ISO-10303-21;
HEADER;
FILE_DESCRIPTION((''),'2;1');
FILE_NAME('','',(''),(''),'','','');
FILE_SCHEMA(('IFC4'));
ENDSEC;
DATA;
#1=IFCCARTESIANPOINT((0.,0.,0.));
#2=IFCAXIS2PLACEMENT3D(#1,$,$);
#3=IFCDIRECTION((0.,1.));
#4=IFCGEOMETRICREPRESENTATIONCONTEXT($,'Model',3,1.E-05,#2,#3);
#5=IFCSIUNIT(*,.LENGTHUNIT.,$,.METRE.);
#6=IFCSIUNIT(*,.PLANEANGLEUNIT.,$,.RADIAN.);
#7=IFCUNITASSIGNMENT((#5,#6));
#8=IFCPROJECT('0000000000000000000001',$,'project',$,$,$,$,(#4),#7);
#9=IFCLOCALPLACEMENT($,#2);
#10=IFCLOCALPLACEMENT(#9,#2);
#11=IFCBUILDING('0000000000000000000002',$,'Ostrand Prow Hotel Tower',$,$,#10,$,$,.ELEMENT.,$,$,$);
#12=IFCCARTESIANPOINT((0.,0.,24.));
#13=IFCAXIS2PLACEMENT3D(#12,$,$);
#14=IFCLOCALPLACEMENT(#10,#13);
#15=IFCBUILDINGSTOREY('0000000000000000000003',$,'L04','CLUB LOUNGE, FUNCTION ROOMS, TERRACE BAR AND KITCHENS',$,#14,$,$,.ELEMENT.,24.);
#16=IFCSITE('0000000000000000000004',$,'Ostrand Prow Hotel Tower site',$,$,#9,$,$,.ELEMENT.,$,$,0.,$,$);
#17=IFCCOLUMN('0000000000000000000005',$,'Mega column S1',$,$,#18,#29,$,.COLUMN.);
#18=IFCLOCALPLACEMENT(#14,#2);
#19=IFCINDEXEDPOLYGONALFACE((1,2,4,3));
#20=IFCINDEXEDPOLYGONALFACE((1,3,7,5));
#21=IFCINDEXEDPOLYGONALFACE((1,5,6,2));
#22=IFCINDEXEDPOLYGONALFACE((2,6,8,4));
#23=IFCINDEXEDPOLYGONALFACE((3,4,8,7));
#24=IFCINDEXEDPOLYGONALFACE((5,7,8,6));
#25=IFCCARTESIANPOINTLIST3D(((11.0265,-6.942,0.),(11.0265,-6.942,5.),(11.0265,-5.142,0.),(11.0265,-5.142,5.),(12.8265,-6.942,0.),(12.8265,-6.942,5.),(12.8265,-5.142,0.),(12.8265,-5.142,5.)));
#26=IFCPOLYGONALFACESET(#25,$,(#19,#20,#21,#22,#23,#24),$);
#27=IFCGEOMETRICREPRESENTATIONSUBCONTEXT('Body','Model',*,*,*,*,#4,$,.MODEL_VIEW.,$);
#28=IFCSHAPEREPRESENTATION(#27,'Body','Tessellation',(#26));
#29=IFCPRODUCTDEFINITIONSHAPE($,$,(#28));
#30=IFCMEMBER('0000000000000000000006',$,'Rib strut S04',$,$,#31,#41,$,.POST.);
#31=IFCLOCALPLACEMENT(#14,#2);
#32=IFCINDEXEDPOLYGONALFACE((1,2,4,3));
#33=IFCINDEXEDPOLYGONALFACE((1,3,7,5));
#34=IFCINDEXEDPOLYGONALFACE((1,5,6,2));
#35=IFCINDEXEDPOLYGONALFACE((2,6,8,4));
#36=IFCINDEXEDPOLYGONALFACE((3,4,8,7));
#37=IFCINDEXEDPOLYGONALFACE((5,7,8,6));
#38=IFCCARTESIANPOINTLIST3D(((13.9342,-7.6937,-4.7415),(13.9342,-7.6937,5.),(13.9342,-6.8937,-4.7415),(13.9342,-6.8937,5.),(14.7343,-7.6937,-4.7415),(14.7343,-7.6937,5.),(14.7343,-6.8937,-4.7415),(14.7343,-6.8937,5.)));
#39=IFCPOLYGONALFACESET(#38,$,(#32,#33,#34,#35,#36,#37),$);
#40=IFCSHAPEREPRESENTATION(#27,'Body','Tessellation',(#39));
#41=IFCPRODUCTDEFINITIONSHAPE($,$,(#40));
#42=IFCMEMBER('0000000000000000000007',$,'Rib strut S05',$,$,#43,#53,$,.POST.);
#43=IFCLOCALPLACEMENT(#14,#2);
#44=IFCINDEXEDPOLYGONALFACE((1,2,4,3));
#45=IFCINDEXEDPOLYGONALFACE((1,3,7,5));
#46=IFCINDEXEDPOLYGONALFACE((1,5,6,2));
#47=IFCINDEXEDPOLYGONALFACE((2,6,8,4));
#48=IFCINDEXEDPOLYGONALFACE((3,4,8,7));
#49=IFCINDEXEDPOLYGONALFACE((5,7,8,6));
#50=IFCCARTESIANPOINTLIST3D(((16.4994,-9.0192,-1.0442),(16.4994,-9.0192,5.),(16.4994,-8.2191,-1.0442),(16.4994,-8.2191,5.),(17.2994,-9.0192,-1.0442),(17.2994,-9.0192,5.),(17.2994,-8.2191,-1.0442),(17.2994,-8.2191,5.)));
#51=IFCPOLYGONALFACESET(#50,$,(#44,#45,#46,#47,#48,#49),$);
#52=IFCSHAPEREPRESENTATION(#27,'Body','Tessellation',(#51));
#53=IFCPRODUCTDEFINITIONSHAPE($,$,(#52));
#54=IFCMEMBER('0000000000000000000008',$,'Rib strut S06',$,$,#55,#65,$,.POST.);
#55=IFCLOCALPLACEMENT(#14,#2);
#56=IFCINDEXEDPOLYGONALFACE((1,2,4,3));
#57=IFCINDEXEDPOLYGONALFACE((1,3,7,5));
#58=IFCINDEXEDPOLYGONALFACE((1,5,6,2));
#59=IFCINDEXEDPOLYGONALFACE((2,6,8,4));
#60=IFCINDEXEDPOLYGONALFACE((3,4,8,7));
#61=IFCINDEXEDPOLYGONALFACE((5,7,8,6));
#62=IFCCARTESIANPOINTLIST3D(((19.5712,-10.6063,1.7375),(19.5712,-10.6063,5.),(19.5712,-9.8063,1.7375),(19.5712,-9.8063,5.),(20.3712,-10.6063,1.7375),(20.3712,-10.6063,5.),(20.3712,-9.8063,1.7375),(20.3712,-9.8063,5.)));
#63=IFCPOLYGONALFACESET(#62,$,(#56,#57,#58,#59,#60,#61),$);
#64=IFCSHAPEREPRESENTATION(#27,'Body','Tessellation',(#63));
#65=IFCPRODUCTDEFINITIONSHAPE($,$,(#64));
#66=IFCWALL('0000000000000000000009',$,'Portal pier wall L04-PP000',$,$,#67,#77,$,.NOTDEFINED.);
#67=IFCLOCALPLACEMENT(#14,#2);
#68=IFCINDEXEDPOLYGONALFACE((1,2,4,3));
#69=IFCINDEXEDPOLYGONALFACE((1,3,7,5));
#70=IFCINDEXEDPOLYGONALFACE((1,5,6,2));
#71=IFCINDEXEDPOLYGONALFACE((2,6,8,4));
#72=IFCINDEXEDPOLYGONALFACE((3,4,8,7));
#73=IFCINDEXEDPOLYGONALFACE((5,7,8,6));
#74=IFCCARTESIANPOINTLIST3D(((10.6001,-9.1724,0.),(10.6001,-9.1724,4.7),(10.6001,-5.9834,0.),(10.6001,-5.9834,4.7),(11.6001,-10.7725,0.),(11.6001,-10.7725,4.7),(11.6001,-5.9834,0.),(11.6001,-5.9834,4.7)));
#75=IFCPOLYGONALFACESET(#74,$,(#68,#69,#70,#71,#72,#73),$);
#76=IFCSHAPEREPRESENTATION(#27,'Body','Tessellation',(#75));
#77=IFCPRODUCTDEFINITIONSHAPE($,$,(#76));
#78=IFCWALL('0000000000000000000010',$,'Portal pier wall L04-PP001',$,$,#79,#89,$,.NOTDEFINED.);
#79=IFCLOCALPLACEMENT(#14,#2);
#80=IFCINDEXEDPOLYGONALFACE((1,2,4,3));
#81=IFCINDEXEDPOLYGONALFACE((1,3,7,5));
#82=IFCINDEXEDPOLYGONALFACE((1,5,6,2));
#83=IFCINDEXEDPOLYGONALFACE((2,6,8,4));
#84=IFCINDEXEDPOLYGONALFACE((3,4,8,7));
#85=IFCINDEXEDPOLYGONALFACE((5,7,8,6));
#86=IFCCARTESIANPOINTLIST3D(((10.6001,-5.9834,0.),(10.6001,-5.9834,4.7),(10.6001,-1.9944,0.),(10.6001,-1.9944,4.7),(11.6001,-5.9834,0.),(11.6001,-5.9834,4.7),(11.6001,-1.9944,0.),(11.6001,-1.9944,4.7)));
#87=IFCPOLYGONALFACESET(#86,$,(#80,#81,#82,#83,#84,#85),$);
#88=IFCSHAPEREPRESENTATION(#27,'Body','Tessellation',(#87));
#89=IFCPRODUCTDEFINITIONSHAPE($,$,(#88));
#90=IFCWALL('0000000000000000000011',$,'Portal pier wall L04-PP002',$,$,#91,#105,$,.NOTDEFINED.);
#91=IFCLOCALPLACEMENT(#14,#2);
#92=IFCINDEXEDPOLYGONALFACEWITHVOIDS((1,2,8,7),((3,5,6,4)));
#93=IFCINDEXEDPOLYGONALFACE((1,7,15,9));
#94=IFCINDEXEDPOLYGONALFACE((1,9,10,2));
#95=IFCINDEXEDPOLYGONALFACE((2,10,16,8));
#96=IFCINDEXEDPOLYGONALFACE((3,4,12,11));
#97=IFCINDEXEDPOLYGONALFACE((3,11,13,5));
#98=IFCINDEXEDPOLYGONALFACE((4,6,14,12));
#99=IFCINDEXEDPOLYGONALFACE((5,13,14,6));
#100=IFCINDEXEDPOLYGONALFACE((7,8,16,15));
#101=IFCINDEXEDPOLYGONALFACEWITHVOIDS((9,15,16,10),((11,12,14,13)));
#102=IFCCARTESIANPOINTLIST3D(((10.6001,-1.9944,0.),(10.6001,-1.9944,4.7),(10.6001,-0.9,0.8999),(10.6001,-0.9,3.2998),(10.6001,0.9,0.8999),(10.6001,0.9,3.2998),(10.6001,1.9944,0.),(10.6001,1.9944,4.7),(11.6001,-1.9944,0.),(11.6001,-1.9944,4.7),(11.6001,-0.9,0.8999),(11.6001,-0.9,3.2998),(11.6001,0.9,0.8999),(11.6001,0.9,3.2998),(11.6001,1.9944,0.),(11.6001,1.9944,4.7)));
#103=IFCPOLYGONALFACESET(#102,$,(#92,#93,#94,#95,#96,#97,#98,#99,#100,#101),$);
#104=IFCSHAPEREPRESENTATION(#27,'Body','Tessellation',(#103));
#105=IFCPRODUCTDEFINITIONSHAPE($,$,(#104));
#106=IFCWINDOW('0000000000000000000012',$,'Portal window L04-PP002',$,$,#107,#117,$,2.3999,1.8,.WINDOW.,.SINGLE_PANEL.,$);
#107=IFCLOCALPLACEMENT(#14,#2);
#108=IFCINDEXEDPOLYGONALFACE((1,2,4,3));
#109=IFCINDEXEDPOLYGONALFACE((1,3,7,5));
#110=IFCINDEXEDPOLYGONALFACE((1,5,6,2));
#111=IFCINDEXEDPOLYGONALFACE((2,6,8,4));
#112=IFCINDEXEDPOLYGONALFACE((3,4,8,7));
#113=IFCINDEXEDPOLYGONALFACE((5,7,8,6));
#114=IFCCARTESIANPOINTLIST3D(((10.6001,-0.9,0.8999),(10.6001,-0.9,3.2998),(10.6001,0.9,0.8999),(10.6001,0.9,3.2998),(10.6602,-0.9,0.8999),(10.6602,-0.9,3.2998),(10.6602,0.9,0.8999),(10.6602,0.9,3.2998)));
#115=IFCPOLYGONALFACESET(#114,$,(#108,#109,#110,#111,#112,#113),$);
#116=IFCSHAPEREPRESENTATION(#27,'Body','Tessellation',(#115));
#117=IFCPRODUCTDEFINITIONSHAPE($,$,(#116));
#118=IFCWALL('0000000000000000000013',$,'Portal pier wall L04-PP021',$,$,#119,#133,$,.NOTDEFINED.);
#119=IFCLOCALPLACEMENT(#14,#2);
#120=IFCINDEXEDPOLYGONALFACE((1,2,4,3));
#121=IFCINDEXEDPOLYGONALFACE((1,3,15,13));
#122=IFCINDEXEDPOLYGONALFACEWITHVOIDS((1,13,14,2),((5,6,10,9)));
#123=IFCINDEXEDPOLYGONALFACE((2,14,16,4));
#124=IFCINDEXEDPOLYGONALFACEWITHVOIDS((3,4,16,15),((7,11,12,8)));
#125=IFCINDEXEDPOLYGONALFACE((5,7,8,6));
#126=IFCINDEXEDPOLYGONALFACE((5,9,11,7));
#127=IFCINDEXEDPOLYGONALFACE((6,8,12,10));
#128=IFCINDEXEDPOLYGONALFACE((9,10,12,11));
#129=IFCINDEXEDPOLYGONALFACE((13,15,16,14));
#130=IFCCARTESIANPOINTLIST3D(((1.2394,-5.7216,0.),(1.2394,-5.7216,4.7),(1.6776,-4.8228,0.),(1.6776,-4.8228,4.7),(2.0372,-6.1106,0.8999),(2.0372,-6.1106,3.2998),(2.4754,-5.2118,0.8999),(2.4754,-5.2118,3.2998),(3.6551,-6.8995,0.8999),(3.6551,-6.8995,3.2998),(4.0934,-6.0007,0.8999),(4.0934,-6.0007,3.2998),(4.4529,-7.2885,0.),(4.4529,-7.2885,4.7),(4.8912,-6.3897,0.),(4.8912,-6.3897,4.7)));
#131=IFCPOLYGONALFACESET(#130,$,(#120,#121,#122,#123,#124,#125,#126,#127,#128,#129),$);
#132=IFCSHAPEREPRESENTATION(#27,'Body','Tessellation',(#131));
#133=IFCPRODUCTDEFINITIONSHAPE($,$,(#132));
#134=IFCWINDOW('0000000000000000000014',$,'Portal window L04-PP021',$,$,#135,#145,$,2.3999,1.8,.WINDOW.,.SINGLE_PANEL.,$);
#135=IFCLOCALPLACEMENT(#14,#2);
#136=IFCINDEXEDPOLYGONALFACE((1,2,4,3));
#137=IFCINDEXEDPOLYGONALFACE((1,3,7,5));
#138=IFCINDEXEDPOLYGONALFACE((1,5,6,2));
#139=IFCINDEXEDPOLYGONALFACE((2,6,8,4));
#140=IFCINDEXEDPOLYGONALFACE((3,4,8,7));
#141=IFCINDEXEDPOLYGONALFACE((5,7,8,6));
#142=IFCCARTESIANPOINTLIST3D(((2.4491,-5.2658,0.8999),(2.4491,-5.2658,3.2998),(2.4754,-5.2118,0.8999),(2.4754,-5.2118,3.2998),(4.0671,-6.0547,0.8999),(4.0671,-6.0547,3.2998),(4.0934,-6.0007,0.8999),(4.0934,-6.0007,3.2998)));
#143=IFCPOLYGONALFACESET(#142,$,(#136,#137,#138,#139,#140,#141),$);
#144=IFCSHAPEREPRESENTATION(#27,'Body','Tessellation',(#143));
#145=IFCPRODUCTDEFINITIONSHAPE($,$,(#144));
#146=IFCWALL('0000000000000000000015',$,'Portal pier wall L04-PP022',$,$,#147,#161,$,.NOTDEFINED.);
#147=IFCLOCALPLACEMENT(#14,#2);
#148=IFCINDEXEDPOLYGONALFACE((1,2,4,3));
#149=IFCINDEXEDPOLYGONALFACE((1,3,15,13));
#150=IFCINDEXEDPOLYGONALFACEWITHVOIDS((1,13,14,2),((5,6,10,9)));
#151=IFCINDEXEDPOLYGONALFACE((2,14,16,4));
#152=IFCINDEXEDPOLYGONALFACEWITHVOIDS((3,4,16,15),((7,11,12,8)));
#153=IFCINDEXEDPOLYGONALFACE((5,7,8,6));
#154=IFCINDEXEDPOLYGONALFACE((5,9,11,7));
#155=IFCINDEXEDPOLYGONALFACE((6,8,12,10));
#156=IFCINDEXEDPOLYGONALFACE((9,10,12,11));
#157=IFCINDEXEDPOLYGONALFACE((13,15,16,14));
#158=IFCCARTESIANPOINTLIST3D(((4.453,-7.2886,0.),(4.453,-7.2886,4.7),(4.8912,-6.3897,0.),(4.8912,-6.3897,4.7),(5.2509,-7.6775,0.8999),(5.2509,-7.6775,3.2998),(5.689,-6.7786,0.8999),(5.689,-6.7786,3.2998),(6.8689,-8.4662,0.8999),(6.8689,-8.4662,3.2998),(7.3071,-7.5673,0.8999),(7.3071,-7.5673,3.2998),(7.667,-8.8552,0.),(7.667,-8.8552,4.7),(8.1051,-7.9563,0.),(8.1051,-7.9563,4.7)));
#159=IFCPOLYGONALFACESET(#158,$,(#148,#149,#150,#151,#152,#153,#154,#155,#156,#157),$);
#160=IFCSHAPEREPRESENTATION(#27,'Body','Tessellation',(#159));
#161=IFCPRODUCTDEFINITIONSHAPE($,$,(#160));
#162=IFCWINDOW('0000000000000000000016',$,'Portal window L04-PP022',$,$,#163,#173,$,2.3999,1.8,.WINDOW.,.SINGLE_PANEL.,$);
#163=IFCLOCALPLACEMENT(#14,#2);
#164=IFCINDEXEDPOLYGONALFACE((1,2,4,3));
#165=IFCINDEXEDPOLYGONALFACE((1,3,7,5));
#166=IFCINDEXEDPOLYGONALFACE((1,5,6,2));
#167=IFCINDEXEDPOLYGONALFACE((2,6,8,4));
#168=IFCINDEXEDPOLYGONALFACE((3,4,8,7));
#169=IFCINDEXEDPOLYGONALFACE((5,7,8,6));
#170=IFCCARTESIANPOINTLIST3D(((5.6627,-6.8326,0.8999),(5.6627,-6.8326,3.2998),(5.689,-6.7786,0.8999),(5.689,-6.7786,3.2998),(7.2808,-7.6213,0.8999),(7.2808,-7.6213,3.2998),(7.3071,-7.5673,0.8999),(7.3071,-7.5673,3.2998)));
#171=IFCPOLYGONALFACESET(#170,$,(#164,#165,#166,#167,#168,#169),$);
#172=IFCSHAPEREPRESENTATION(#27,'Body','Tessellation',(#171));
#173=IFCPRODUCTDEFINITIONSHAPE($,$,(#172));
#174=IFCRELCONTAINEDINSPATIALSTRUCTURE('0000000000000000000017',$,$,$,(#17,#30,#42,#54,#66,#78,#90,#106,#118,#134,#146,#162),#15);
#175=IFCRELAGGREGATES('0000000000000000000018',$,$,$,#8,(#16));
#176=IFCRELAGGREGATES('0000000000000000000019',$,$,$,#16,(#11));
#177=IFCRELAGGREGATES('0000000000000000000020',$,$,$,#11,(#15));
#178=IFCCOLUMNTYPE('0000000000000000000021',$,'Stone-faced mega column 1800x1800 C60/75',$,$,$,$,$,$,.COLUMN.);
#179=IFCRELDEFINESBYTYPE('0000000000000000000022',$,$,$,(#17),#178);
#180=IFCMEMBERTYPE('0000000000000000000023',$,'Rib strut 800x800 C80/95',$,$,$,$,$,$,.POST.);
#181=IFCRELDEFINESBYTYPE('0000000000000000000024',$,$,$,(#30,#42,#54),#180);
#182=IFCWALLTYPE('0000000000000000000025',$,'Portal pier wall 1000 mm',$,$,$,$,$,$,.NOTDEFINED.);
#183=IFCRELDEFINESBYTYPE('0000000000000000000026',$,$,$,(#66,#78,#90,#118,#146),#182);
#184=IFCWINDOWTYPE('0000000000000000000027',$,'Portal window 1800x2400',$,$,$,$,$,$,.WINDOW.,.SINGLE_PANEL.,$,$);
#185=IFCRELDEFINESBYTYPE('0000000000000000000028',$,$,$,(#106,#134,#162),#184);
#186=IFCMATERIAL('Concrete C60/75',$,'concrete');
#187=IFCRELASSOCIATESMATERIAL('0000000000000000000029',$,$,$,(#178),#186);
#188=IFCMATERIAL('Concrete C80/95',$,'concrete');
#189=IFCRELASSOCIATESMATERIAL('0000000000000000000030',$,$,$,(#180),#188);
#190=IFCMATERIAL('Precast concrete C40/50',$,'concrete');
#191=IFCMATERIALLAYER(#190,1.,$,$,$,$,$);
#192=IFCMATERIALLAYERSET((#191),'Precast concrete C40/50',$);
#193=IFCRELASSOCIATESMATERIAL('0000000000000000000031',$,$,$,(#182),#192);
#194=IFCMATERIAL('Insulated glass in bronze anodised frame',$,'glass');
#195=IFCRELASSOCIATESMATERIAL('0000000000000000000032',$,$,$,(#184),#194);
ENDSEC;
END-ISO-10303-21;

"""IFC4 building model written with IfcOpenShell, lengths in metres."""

from ifc_helpers import new_model, si_unit, direction, frame, frame_2d, origin, origin_2d, place, context, subcontext, project, spatial, polyline, rectangle, outline, extrude, material, layer, layer_set, material_profile, profile_set, type_object, element, fill, save


model = new_model("IFC4")

# Units and contexts
model_context = context("Model", 3, precision=1e-05, world=origin(), true_north=direction((0.0, 1.0)))
body_context = subcontext(model_context, "Body", "Model", "MODEL_VIEW")
ifc_project = project(units=[si_unit("LENGTHUNIT", "METRE"), si_unit("PLANEANGLEUNIT", "RADIAN")], contexts=[model_context])

# Site, building, storey
site_placement = place(None, origin())
site = spatial("IfcSite", under=ifc_project, at=site_placement, Name="Ostrand Prow Hotel Tower site", CompositionType="ELEMENT", RefElevation=0.0)
building_placement = place(site_placement, origin())
building = spatial("IfcBuilding", under=site, at=building_placement, Name="Ostrand Prow Hotel Tower", CompositionType="ELEMENT")
storey_placement = place(building_placement, frame((0.0, 0.0, 24.0)))
storey = spatial("IfcBuildingStorey", under=building, at=storey_placement, Name="L04", Description="CLUB LOUNGE, FUNCTION ROOMS, TERRACE BAR AND KITCHENS", CompositionType="ELEMENT", Elevation=24.0)

# Column
ifc_material_1 = material(Name="Concrete C60/75", Category="concrete")
ifc_material_profile_1 = material_profile(ifc_material_1, rectangle(XDim=1.8, YDim=1.8, at=origin_2d()), Name="RC 1800x1800")
ifc_profile_set_1 = profile_set([ifc_material_profile_1], Name="Concrete C60/75")
column_type = type_object("IfcColumnType", Name="Stone-faced mega column 1800x1800 C60/75", PredefinedType="COLUMN", material=ifc_profile_set_1)
column_placement = place(storey_placement, frame((11.9265, -6.042, 0.0), z_axis=(0.0, 0.0, 1.0), x_axis=(1.0, 0.0, 0.0)))
element("IfcColumn", 1, at=column_placement, inside=storey, type_object=column_type, Name="Mega column S1", PredefinedType="COLUMN", context=body_context, shape_type="SweptSolid", body=[
    extrude(rectangle(XDim=1.8, YDim=1.8, at=origin_2d()), origin(), (0.0, 0.0, 1.0), 5.0),
])

# Members
ifc_material_2 = material(Name="Concrete C80/95", Category="concrete")
ifc_material_profile_2 = material_profile(ifc_material_2, rectangle(XDim=0.8, YDim=0.8, at=origin_2d()), Name="RC 800x800")
ifc_profile_set_2 = profile_set([ifc_material_profile_2], Name="Concrete C80/95")
member_type = type_object("IfcMemberType", Name="Rib strut 800x800 C80/95", PredefinedType="POST", material=ifc_profile_set_2)
member_1_placement = place(storey_placement, frame((14.3342, -7.2937, -4.7415), z_axis=(0.0, 0.0, 1.0), x_axis=(1.0, 0.0, 0.0)))
element("IfcMember", 2, at=member_1_placement, inside=storey, type_object=member_type, Name="Rib strut S04", PredefinedType="POST", context=body_context, shape_type="SweptSolid", body=[
    extrude(rectangle(XDim=0.8, YDim=0.8, at=origin_2d()), origin(), (0.0, 0.0, 1.0), 9.7415),
])
member_2_placement = place(storey_placement, frame((16.8994, -8.6191, -1.0442), z_axis=(0.0, 0.0, 1.0), x_axis=(1.0, 0.0, 0.0)))
element("IfcMember", 3, at=member_2_placement, inside=storey, type_object=member_type, Name="Rib strut S05", PredefinedType="POST", context=body_context, shape_type="SweptSolid", body=[
    extrude(rectangle(XDim=0.8, YDim=0.8, at=origin_2d()), origin(), (0.0, 0.0, 1.0), 6.0442),
])
member_3_placement = place(storey_placement, frame((19.9712, -10.2063, 1.7375), z_axis=(0.0, 0.0, 1.0), x_axis=(1.0, 0.0, 0.0)))
element("IfcMember", 4, at=member_3_placement, inside=storey, type_object=member_type, Name="Rib strut S06", PredefinedType="POST", context=body_context, shape_type="SweptSolid", body=[
    extrude(rectangle(XDim=0.8, YDim=0.8, at=origin_2d()), origin(), (0.0, 0.0, 1.0), 3.2625),
])

# Walls
ifc_material_3 = material(Name="Precast concrete C40/50", Category="concrete")
ifc_layer_1 = layer(ifc_material_3, 1.0)
ifc_layer_set_1 = layer_set([ifc_layer_1], Name="Precast concrete C40/50")
wall_type = type_object("IfcWallType", Name="Portal pier wall 1000 mm", PredefinedType="NOTDEFINED", material=ifc_layer_set_1)
wall_1_placement = place(storey_placement, frame((11.1001, -9.9724, 0.0), z_axis=(0.0, 0.0, 1.0), x_axis=(0.0, 1.0, 0.0)))
element("IfcWall", 5, at=wall_1_placement, inside=storey, type_object=wall_type, Name="Portal pier wall L04-PP000", PredefinedType="NOTDEFINED", context=body_context, shape_type="SweptSolid", body=[
    extrude(outline(polyline([(-0.8, -0.5), (3.989, -0.5), (3.989, 0.5), (0.8, 0.5), (-0.8, -0.5)])), origin(), (0.0, 0.0, 1.0), 4.7),
])
wall_2_placement = place(storey_placement, frame((11.1001, -5.9834, 0.0), z_axis=(0.0, 0.0, 1.0), x_axis=(0.0, 1.0, 0.0)))
element("IfcWall", 6, at=wall_2_placement, inside=storey, type_object=wall_type, Name="Portal pier wall L04-PP001", PredefinedType="NOTDEFINED", context=body_context, shape_type="SweptSolid", body=[
    extrude(outline(polyline([(0.0, -0.5), (3.989, -0.5), (3.989, 0.5), (0.0, 0.5), (0.0, -0.5)])), origin(), (0.0, 0.0, 1.0), 4.7),
])

# Walls, openings, windows
wall_3_placement = place(storey_placement, frame((11.1001, -1.9944, 0.0), z_axis=(0.0, 0.0, 1.0), x_axis=(0.0, 1.0, 0.0)))
wall_3 = element("IfcWall", 7, at=wall_3_placement, inside=storey, type_object=wall_type, Name="Portal pier wall L04-PP002", PredefinedType="NOTDEFINED", context=body_context, shape_type="SweptSolid", body=[
    extrude(outline(polyline([(0.0, -0.5), (3.9888, -0.5), (3.9888, 0.5), (0.0, 0.5), (0.0, -0.5)])), origin(), (0.0, 0.0, 1.0), 4.7),
])
opening_1_placement = place(wall_3_placement, frame((1.0945, 0.0, 0.8999)))
opening_1 = element("IfcOpeningElement", 8, at=opening_1_placement, cuts=wall_3, PredefinedType="OPENING", context=body_context, shape_type="SweptSolid", body=[
    extrude(rectangle(XDim=1.8, YDim=2.3999, at=frame_2d((0.8999, 1.2))), frame((0.0, 0.51, 0.0), z_axis=(0.0, -1.0, 0.0), x_axis=(1.0, 0.0, 0.0)), (0.0, 0.0, 1.0), 1.02),
])
ifc_material_4 = material(Name="Insulated glass in bronze anodised frame", Category="glass")
window_type = type_object("IfcWindowType", Name="Portal window 1800x2400", PartitioningType="SINGLE_PANEL", PredefinedType="WINDOW", material=ifc_material_4)
window_1_placement = place(opening_1_placement, origin())
window_1 = element("IfcWindow", 9, at=window_1_placement, inside=storey, type_object=window_type, Name="Portal window L04-PP002", OverallHeight=2.3999, OverallWidth=1.8, PartitioningType="SINGLE_PANEL", PredefinedType="WINDOW", context=body_context, shape_type="SweptSolid", body=[
    extrude(rectangle(XDim=1.8, YDim=2.3999, at=frame_2d((0.8999, 1.2))), frame((0.0, 0.5, 0.0), z_axis=(0.0, -1.0, 0.0), x_axis=(1.0, 0.0, 0.0)), (0.0, 0.0, 1.0), 0.0601),
])
fill(opening_1, window_1)
wall_4_placement = place(storey_placement, frame((1.4585, -5.2722, 0.0), z_axis=(0.0, 0.0, 1.0), x_axis=(0.898848, -0.438259, 0.0)))
wall_4 = element("IfcWall", 10, at=wall_4_placement, inside=storey, type_object=wall_type, Name="Portal pier wall L04-PP021", PredefinedType="NOTDEFINED", context=body_context, shape_type="SweptSolid", body=[
    extrude(outline(polyline([(0.0, -0.5), (3.5752, -0.5), (3.5752, 0.5), (0.0, 0.5), (0.0, -0.5)])), origin(), (0.0, 0.0, 1.0), 4.7),
])
opening_2_placement = place(wall_4_placement, frame((0.8877, 0.0, 0.8999)))
opening_2 = element("IfcOpeningElement", 11, at=opening_2_placement, cuts=wall_4, PredefinedType="OPENING", context=body_context, shape_type="SweptSolid", body=[
    extrude(rectangle(XDim=1.8, YDim=2.3999, at=frame_2d((0.8999, 1.2))), frame((0.0, 0.51, 0.0), z_axis=(0.0, -1.0, 0.0), x_axis=(1.0, 0.0, 0.0)), (0.0, 0.0, 1.0), 1.02),
])
window_2_placement = place(opening_2_placement, origin())
window_2 = element("IfcWindow", 12, at=window_2_placement, inside=storey, type_object=window_type, Name="Portal window L04-PP021", OverallHeight=2.3999, OverallWidth=1.8, PartitioningType="SINGLE_PANEL", PredefinedType="WINDOW", context=body_context, shape_type="SweptSolid", body=[
    extrude(rectangle(XDim=1.8, YDim=2.3999, at=frame_2d((0.8999, 1.2))), frame((0.0, 0.5, 0.0), z_axis=(0.0, -1.0, 0.0), x_axis=(1.0, 0.0, 0.0)), (0.0, 0.0, 1.0), 0.0601),
])
fill(opening_2, window_2)
wall_5_placement = place(storey_placement, frame((4.6721, -6.8391, 0.0), z_axis=(0.0, 0.0, 1.0), x_axis=(0.898889, -0.438177, 0.0)))
wall_5 = element("IfcWall", 13, at=wall_5_placement, inside=storey, type_object=wall_type, Name="Portal pier wall L04-PP022", PredefinedType="NOTDEFINED", context=body_context, shape_type="SweptSolid", body=[
    extrude(outline(polyline([(0.0, -0.5), (3.5754, -0.5), (3.5754, 0.5), (0.0, 0.5), (0.0, -0.5)])), origin(), (0.0, 0.0, 1.0), 4.7),
])
opening_3_placement = place(wall_5_placement, frame((0.8877, 0.0, 0.8999)))
opening_3 = element("IfcOpeningElement", 14, at=opening_3_placement, cuts=wall_5, PredefinedType="OPENING", context=body_context, shape_type="SweptSolid", body=[
    extrude(rectangle(XDim=1.8, YDim=2.3999, at=frame_2d((0.8999, 1.2))), frame((0.0, 0.51, 0.0), z_axis=(0.0, -1.0, 0.0), x_axis=(1.0, 0.0, 0.0)), (0.0, 0.0, 1.0), 1.02),
])
window_3_placement = place(opening_3_placement, origin())
window_3 = element("IfcWindow", 15, at=window_3_placement, inside=storey, type_object=window_type, Name="Portal window L04-PP022", OverallHeight=2.3999, OverallWidth=1.8, PartitioningType="SINGLE_PANEL", PredefinedType="WINDOW", context=body_context, shape_type="SweptSolid", body=[
    extrude(rectangle(XDim=1.8, YDim=2.3999, at=frame_2d((0.8999, 1.2))), frame((0.0, 0.5, 0.0), z_axis=(0.0, -1.0, 0.0), x_axis=(1.0, 0.0, 0.0)), (0.0, 0.0, 1.0), 0.0601),
])
fill(opening_3, window_3)

save(model, "model.ifc")
